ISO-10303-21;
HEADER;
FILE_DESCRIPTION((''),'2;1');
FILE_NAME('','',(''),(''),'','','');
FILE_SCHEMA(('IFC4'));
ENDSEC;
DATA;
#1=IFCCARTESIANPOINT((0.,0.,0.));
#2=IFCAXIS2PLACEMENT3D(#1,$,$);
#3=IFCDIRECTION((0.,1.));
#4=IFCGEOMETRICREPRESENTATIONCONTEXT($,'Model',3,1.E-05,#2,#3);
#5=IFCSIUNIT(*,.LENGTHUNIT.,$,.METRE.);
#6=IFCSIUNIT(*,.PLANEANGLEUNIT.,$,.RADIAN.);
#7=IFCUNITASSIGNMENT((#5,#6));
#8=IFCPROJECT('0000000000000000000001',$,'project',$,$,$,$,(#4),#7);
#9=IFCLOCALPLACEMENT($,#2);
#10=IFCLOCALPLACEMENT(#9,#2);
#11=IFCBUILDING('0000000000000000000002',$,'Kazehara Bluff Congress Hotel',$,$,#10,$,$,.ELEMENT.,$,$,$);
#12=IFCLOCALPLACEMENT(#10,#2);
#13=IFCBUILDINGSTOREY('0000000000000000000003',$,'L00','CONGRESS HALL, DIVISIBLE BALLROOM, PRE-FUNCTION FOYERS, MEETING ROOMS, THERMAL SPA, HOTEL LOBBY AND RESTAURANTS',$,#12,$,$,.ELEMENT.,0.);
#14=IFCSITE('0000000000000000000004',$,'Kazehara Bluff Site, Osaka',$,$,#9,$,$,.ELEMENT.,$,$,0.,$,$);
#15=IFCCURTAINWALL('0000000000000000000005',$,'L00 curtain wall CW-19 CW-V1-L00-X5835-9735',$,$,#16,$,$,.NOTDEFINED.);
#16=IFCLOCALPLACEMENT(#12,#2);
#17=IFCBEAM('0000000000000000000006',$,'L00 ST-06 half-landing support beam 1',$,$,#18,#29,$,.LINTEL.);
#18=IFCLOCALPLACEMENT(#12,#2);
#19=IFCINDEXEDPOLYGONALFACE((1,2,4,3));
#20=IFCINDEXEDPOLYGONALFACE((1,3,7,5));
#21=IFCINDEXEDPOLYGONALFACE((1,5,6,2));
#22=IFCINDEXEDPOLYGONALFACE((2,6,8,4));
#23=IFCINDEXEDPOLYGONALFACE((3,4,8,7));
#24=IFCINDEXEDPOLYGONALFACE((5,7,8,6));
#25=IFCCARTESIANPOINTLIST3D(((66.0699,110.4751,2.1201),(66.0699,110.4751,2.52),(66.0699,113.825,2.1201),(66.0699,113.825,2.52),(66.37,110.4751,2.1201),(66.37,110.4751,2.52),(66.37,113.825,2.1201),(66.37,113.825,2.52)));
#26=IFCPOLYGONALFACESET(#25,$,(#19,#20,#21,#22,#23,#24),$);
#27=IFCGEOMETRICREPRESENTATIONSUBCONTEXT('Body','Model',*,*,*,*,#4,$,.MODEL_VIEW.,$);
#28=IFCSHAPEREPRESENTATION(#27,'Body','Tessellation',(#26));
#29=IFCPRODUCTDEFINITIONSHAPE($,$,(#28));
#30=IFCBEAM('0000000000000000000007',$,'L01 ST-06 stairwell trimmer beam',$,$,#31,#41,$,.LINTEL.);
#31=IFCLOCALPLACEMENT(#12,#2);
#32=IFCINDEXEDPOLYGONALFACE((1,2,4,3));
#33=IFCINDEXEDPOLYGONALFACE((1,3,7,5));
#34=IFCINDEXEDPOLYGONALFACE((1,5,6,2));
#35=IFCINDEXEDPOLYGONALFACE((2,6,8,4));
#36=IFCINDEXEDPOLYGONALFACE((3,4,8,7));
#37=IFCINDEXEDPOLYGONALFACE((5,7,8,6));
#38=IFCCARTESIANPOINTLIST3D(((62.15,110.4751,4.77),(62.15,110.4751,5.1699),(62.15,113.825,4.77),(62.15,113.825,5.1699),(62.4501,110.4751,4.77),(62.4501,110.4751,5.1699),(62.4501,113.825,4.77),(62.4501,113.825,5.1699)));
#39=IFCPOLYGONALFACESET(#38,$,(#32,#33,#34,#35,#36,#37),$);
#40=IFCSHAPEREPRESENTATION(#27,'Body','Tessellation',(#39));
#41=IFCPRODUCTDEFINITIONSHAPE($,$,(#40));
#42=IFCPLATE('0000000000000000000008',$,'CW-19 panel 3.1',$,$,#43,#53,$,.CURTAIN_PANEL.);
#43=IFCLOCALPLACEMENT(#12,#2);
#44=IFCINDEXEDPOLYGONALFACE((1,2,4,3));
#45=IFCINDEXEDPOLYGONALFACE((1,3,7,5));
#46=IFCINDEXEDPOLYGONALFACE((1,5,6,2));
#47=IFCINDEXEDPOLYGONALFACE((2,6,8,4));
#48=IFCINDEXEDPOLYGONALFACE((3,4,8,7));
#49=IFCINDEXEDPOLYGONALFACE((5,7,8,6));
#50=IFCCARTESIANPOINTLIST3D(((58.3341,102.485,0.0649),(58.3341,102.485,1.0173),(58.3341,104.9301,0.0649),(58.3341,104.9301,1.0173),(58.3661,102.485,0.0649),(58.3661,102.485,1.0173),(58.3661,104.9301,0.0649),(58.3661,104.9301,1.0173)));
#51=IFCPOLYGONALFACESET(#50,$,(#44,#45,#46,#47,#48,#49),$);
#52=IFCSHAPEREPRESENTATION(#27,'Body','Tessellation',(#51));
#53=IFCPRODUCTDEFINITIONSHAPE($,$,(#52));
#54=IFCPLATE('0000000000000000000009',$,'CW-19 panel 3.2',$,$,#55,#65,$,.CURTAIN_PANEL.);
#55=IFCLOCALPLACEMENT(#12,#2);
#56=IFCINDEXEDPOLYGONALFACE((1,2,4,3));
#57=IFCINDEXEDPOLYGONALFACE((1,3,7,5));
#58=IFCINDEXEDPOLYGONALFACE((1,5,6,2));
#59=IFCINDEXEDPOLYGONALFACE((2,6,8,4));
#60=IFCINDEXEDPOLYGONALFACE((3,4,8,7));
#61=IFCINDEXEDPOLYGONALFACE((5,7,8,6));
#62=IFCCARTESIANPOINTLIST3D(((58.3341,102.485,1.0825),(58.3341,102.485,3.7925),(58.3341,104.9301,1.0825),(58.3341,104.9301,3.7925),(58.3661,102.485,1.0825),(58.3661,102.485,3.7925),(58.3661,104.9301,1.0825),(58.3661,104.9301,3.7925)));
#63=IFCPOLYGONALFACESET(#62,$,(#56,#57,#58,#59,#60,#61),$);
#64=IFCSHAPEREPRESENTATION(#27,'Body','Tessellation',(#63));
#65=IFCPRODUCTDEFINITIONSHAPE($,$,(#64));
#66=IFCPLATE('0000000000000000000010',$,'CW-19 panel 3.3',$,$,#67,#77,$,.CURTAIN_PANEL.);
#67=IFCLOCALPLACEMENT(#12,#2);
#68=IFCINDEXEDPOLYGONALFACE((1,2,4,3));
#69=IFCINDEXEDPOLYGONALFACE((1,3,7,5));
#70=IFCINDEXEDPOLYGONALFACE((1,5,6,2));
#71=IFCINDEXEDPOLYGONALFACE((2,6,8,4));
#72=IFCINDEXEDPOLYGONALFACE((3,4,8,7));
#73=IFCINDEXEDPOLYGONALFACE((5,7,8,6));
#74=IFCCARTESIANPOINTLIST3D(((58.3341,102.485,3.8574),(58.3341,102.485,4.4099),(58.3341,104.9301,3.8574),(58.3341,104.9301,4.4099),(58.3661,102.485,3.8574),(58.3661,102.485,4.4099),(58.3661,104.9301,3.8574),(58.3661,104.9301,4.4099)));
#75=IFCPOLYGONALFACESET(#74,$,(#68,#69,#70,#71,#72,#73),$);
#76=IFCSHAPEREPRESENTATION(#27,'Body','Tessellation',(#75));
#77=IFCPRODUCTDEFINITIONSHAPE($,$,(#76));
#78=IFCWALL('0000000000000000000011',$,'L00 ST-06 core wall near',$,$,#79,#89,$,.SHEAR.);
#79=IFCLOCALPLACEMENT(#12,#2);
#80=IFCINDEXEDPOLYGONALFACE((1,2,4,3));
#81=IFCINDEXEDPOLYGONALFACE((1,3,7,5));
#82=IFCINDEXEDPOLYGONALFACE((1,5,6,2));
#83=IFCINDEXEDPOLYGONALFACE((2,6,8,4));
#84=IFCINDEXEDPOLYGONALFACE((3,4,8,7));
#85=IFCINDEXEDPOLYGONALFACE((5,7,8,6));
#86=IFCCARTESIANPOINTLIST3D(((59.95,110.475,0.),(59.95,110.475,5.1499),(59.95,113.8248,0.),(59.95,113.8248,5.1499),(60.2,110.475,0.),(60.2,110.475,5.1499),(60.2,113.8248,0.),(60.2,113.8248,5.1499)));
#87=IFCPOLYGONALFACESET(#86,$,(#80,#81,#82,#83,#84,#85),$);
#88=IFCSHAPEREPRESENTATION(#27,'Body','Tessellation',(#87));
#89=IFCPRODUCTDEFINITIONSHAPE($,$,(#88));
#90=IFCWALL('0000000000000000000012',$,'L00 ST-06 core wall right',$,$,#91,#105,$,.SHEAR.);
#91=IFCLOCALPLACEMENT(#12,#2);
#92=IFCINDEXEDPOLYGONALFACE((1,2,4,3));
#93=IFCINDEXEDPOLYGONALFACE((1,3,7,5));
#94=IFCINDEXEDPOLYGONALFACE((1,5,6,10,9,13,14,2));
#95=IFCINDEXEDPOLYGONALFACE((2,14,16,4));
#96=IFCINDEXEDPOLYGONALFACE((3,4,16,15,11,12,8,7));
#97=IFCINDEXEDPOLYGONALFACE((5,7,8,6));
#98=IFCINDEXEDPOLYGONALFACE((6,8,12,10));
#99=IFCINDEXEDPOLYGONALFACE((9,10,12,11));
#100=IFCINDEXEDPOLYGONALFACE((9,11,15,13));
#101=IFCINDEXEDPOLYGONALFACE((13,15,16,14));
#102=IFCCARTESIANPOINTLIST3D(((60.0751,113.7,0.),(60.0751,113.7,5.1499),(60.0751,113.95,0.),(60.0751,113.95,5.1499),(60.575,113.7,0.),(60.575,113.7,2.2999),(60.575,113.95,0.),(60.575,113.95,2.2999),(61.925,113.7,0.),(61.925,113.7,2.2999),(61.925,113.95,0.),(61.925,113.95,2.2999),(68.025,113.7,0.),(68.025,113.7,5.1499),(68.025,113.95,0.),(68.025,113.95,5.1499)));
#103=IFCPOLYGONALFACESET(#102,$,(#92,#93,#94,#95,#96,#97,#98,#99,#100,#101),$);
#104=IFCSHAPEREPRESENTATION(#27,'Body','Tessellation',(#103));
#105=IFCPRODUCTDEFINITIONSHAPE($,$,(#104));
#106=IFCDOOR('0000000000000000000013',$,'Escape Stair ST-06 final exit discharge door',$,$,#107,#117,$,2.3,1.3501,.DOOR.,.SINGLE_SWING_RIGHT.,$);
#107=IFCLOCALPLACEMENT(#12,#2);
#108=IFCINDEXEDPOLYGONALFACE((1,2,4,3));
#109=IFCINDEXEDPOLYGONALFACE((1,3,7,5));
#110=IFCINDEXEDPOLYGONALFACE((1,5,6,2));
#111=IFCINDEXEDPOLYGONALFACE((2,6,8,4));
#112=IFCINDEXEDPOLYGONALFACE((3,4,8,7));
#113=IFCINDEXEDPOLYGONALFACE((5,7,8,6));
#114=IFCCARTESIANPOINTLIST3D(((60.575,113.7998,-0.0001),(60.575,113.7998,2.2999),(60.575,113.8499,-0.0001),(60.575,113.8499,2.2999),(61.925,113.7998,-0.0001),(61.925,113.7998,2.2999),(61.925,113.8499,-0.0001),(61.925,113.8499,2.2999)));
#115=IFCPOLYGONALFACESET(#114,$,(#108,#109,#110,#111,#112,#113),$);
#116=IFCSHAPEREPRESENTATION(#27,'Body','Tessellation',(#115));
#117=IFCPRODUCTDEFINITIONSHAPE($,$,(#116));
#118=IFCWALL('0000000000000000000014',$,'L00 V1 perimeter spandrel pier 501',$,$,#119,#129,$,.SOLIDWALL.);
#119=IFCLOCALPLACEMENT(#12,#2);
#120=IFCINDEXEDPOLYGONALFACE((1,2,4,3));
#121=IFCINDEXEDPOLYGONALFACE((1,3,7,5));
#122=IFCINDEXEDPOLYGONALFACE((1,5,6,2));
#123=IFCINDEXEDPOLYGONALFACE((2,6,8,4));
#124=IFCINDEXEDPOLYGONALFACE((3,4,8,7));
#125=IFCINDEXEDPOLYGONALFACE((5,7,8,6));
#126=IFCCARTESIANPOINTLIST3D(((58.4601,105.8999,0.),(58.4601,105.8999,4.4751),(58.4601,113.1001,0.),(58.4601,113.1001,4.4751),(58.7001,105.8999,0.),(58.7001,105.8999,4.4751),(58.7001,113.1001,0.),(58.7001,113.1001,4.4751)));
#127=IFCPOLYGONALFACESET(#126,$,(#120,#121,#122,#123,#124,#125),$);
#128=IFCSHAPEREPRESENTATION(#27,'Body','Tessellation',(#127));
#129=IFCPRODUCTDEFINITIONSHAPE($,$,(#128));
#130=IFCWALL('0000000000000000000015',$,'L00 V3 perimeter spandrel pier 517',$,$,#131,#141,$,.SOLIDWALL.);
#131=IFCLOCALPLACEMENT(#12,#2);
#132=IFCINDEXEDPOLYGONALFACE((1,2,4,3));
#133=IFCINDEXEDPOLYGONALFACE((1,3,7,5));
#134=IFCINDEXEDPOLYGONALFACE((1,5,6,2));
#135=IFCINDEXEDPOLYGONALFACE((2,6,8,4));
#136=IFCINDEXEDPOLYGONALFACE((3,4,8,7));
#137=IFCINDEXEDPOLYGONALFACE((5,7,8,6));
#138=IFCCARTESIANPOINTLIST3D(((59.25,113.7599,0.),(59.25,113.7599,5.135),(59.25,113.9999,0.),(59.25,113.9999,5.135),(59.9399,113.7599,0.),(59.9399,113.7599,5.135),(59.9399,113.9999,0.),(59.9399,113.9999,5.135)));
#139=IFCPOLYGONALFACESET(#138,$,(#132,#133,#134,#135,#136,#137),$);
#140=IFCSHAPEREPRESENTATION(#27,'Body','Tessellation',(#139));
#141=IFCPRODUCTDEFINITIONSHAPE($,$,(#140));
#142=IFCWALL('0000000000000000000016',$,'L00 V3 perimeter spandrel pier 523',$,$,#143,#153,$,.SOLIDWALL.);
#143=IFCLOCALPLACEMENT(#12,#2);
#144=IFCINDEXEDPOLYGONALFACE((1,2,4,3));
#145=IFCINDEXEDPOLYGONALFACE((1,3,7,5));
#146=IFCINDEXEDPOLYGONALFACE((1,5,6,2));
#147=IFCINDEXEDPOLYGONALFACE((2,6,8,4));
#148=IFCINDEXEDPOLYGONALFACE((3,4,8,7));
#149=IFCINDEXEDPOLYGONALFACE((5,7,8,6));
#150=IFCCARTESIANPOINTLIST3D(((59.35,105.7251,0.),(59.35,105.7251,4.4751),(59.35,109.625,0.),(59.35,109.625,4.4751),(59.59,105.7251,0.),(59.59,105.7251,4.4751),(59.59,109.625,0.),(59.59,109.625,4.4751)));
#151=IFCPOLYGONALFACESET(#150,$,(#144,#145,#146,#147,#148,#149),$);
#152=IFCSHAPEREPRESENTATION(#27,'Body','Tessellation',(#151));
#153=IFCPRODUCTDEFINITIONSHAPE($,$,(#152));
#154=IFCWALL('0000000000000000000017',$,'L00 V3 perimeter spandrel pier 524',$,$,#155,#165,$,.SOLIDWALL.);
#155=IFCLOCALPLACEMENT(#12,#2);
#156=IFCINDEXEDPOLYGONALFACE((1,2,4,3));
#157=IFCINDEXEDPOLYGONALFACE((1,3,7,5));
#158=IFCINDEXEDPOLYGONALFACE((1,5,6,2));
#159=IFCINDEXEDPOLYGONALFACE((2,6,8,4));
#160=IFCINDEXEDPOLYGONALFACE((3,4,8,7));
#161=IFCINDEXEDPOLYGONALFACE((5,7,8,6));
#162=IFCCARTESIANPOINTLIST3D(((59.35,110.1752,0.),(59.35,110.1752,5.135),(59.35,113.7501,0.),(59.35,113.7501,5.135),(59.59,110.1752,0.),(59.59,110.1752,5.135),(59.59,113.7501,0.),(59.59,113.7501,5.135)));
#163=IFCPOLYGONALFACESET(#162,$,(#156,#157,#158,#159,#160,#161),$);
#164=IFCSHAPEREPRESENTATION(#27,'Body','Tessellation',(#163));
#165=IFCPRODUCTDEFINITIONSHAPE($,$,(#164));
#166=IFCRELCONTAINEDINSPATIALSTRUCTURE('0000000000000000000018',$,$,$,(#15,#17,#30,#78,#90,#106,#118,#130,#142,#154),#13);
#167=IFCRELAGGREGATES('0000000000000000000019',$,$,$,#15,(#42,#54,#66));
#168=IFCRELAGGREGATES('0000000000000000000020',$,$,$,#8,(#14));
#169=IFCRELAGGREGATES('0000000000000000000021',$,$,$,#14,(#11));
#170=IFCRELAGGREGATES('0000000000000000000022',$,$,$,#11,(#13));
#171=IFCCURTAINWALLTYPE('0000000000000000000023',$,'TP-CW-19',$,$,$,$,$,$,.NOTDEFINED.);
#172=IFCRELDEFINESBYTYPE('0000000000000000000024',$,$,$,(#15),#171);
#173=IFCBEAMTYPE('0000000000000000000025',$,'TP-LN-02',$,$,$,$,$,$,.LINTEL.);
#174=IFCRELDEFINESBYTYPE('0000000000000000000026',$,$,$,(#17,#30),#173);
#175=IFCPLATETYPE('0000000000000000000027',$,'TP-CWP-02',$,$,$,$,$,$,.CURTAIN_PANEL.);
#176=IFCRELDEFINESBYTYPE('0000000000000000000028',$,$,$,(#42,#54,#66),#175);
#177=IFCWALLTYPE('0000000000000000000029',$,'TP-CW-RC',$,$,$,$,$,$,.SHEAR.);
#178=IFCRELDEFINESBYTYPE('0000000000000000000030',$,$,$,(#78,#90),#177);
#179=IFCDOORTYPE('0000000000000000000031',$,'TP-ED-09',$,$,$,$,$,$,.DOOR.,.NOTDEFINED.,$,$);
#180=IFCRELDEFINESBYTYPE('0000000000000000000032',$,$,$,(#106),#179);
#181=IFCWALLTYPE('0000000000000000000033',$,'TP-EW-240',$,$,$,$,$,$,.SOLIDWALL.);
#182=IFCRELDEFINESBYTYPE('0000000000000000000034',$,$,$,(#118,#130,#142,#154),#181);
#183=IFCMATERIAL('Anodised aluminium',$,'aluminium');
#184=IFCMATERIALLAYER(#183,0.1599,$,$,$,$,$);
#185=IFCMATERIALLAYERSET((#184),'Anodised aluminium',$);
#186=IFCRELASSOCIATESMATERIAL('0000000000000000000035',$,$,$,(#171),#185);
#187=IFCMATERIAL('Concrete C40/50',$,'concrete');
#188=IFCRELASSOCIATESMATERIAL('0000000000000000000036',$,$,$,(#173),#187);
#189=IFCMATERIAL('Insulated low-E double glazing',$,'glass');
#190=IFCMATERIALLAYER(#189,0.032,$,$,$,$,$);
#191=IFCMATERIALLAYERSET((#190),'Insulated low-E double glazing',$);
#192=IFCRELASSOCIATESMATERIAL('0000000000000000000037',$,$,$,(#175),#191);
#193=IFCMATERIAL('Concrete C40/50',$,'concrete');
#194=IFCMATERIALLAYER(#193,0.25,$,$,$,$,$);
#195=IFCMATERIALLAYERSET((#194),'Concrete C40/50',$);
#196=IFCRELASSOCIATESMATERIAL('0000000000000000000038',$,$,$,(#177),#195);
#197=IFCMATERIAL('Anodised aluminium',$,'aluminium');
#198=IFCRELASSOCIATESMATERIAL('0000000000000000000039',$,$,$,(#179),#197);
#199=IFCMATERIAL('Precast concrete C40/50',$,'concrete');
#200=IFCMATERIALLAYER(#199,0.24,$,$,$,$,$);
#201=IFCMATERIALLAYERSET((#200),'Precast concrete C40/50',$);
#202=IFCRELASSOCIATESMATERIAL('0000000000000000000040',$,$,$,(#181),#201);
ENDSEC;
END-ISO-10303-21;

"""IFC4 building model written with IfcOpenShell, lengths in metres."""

from ifc_helpers import new_model, si_unit, direction, frame, frame_2d, origin, origin_2d, place, context, subcontext, project, spatial, rectangle, extrude, material, layer, layer_set, material_profile, profile_set, type_object, element, fill, aggregate, save


model = new_model("IFC4")

# Units and contexts
model_context = context("Model", 3, precision=1e-05, world=origin(), true_north=direction((0.0, 1.0)))
body_context = subcontext(model_context, "Body", "Model", "MODEL_VIEW")
ifc_project = project(units=[si_unit("LENGTHUNIT", "METRE"), si_unit("PLANEANGLEUNIT", "RADIAN")], contexts=[model_context])

# Site, building, storey
site_placement = place(None, origin())
site = spatial("IfcSite", under=ifc_project, at=site_placement, Name="Kazehara Bluff Site, Osaka", CompositionType="ELEMENT", RefElevation=0.0)
building_placement = place(site_placement, origin())
building = spatial("IfcBuilding", under=site, at=building_placement, Name="Kazehara Bluff Congress Hotel", CompositionType="ELEMENT")
storey_placement = place(building_placement, origin())
storey = spatial("IfcBuildingStorey", under=building, at=storey_placement, Name="L00", Description="CONGRESS HALL, DIVISIBLE BALLROOM, PRE-FUNCTION FOYERS, MEETING ROOMS, THERMAL SPA, HOTEL LOBBY AND RESTAURANTS", CompositionType="ELEMENT", Elevation=0.0)

# Curtain wall
ifc_material_1 = material(Name="Anodised aluminium", Category="aluminium")
ifc_layer_1 = layer(ifc_material_1, 0.1599)
ifc_layer_set_1 = layer_set([ifc_layer_1], Name="Anodised aluminium")
curtain_wall_type = type_object("IfcCurtainWallType", Name="TP-CW-19", PredefinedType="NOTDEFINED", material=ifc_layer_set_1)
curtain_wall_placement = place(storey_placement, origin())
curtain_wall = element("IfcCurtainWall", 1, at=curtain_wall_placement, inside=storey, type_object=curtain_wall_type, Name="L00 curtain wall CW-19 CW-V1-L00-X5835-9735", PredefinedType="NOTDEFINED")

# Beams
ifc_material_2 = material(Name="Concrete C40/50", Category="concrete")
ifc_material_profile_1 = material_profile(ifc_material_2, rectangle(XDim=0.3, YDim=0.3999, at=origin_2d()))
ifc_profile_set_1 = profile_set([ifc_material_profile_1], Name="Concrete C40/50")
beam_type_1 = type_object("IfcBeamType", Name="TP-LN-02", PredefinedType="LINTEL", material=ifc_profile_set_1)
for number, where, z_axis, x_axis, name in (
    (2, (66.22, 110.4751, 2.3201), (0.0, 1.0, 0.0), (-1.0, 0.0, 0.0), "L00 ST-06 half-landing support beam 1"),
    (3, (62.3, 110.4751, 4.97), (0.0, 1.0, 0.0), (-1.0, 0.0, 0.0), "L01 ST-06 stairwell trimmer beam"),
):
    element("IfcBeam", number, at=place(storey_placement, frame(where, z_axis=z_axis, x_axis=x_axis)), inside=storey, type_object=beam_type_1, Name=name, PredefinedType="LINTEL", context=body_context, shape_type="SweptSolid", body=[
        extrude(rectangle(XDim=0.3, YDim=0.3999, at=origin_2d()), origin(), (0.0, 0.0, 1.0), 3.3499),
    ])

# Plates
ifc_material_3 = material(Name="Insulated low-E double glazing", Category="glass")
ifc_layer_2 = layer(ifc_material_3, 0.032)
ifc_layer_set_2 = layer_set([ifc_layer_2], Name="Insulated low-E double glazing")
plate_type = type_object("IfcPlateType", Name="TP-CWP-02", PredefinedType="CURTAIN_PANEL", material=ifc_layer_set_2)
plate_1_placement = place(storey_placement, frame((58.3501, 103.7075, 0.0649), z_axis=(0.0, 0.0, 1.0), x_axis=(0.0, 1.0, 0.0)))
plate_1 = element("IfcPlate", 4, at=plate_1_placement, type_object=plate_type, Name="CW-19 panel 3.1", PredefinedType="CURTAIN_PANEL", context=body_context, shape_type="SweptSolid", body=[
    extrude(rectangle(XDim=2.4451, YDim=0.032, at=origin_2d()), origin(), (0.0, 0.0, 1.0), 0.9524),
])
plate_2_placement = place(storey_placement, frame((58.3501, 103.7075, 1.0825), z_axis=(0.0, 0.0, 1.0), x_axis=(0.0, 1.0, 0.0)))
plate_2 = element("IfcPlate", 5, at=plate_2_placement, type_object=plate_type, Name="CW-19 panel 3.2", PredefinedType="CURTAIN_PANEL", context=body_context, shape_type="SweptSolid", body=[
    extrude(rectangle(XDim=2.4451, YDim=0.032, at=origin_2d()), origin(), (0.0, 0.0, 1.0), 2.71),
])
plate_3_placement = place(storey_placement, frame((58.3501, 103.7075, 3.8574), z_axis=(0.0, 0.0, 1.0), x_axis=(0.0, 1.0, 0.0)))
plate_3 = element("IfcPlate", 6, at=plate_3_placement, type_object=plate_type, Name="CW-19 panel 3.3", PredefinedType="CURTAIN_PANEL", context=body_context, shape_type="SweptSolid", body=[
    extrude(rectangle(XDim=2.4451, YDim=0.032, at=origin_2d()), origin(), (0.0, 0.0, 1.0), 0.5525),
])
aggregate(curtain_wall, [plate_1, plate_2, plate_3])

# Wall
ifc_material_4 = material(Name="Concrete C40/50", Category="concrete")
ifc_layer_3 = layer(ifc_material_4, 0.25)
ifc_layer_set_3 = layer_set([ifc_layer_3], Name="Concrete C40/50")
wall_type_1 = type_object("IfcWallType", Name="TP-CW-RC", PredefinedType="SHEAR", material=ifc_layer_set_3)
wall_1_placement = place(storey_placement, frame((60.075, 110.4751, 0.0), z_axis=(0.0, 0.0, 1.0), x_axis=(0.0, 1.0, 0.0)))
element("IfcWall", 7, at=wall_1_placement, inside=storey, type_object=wall_type_1, Name="L00 ST-06 core wall near", PredefinedType="SHEAR", context=body_context, shape_type="SweptSolid", body=[
    extrude(rectangle(XDim=3.3499, YDim=0.25, at=frame_2d((1.6748, 0.0))), origin(), (0.0, 0.0, 1.0), 5.1499),
])

# Wall, opening, door
wall_2_placement = place(storey_placement, frame((60.075, 113.825, 0.0), z_axis=(0.0, 0.0, 1.0), x_axis=(1.0, 0.0, 0.0)))
wall_2 = element("IfcWall", 8, at=wall_2_placement, inside=storey, type_object=wall_type_1, Name="L00 ST-06 core wall right", PredefinedType="SHEAR", context=body_context, shape_type="SweptSolid", body=[
    extrude(rectangle(XDim=7.95, YDim=0.25, at=frame_2d((3.9751, 0.0))), origin(), (0.0, 0.0, 1.0), 5.1499),
])
opening_placement = place(wall_2_placement, frame((0.5, 0.0, 0.0)))
opening = element("IfcOpeningElement", 9, at=opening_placement, cuts=wall_2, PredefinedType="OPENING", context=body_context, shape_type="SweptSolid", body=[
    extrude(rectangle(XDim=1.3501, YDim=2.3, at=frame_2d((0.675, 1.1499))), frame((0.0, 0.135, 0.0), z_axis=(0.0, -1.0, 0.0), x_axis=(1.0, 0.0, 0.0)), (0.0, 0.0, 1.0), 0.27),
])
ifc_material_5 = material(Name="Anodised aluminium", Category="aluminium")
door_type = type_object("IfcDoorType", Name="TP-ED-09", OperationType="NOTDEFINED", PredefinedType="DOOR", material=ifc_material_5)
door_placement = place(opening_placement, origin())
door = element("IfcDoor", 10, at=door_placement, inside=storey, type_object=door_type, Name="Escape Stair ST-06 final exit discharge door", OperationType="SINGLE_SWING_RIGHT", OverallHeight=2.3, OverallWidth=1.3501, PredefinedType="DOOR", context=body_context, shape_type="SweptSolid", body=[
    extrude(rectangle(XDim=1.3501, YDim=2.3, at=frame_2d((0.675, 1.1499))), frame((0.0, 0.0249, 0.0), z_axis=(0.0, -1.0, 0.0), x_axis=(1.0, 0.0, 0.0)), (0.0, 0.0, 1.0), 0.05),
])
fill(opening, door)

# Walls
ifc_material_6 = material(Name="Precast concrete C40/50", Category="concrete")
ifc_layer_4 = layer(ifc_material_6, 0.24)
ifc_layer_set_4 = layer_set([ifc_layer_4], Name="Precast concrete C40/50")
wall_type_2 = type_object("IfcWallType", Name="TP-EW-240", PredefinedType="SOLIDWALL", material=ifc_layer_set_4)
wall_3_placement = place(storey_placement, frame((58.5801, 113.1001, 0.0), z_axis=(0.0, 0.0, 1.0), x_axis=(0.0, -1.0, 0.0)))
element("IfcWall", 11, at=wall_3_placement, inside=storey, type_object=wall_type_2, Name="L00 V1 perimeter spandrel pier 501", PredefinedType="SOLIDWALL", context=body_context, shape_type="SweptSolid", body=[
    extrude(rectangle(XDim=7.2002, YDim=0.24, at=frame_2d((3.6001, 0.0))), origin(), (0.0, 0.0, 1.0), 4.4751),
])
wall_4_placement = place(storey_placement, frame((59.25, 113.8799, 0.0), z_axis=(0.0, 0.0, 1.0), x_axis=(1.0, 0.0, 0.0)))
element("IfcWall", 12, at=wall_4_placement, inside=storey, type_object=wall_type_2, Name="L00 V3 perimeter spandrel pier 517", PredefinedType="SOLIDWALL", context=body_context, shape_type="SweptSolid", body=[
    extrude(rectangle(XDim=0.6899, YDim=0.24, at=frame_2d((0.345, 0.0))), origin(), (0.0, 0.0, 1.0), 5.135),
])
wall_5_placement = place(storey_placement, frame((59.47, 105.7251, 0.0), z_axis=(0.0, 0.0, 1.0), x_axis=(0.0, 1.0, 0.0)))
element("IfcWall", 13, at=wall_5_placement, inside=storey, type_object=wall_type_2, Name="L00 V3 perimeter spandrel pier 523", PredefinedType="SOLIDWALL", context=body_context, shape_type="SweptSolid", body=[
    extrude(rectangle(XDim=3.8999, YDim=0.24, at=frame_2d((1.95, 0.0))), origin(), (0.0, 0.0, 1.0), 4.4751),
])
wall_6_placement = place(storey_placement, frame((59.47, 110.175, 0.0), z_axis=(0.0, 0.0, 1.0), x_axis=(0.0, 1.0, 0.0)))
element("IfcWall", 14, at=wall_6_placement, inside=storey, type_object=wall_type_2, Name="L00 V3 perimeter spandrel pier 524", PredefinedType="SOLIDWALL", context=body_context, shape_type="SweptSolid", body=[
    extrude(rectangle(XDim=3.575, YDim=0.24, at=frame_2d((1.7876, 0.0))), origin(), (0.0, 0.0, 1.0), 5.135),
])

save(model, "model.ifc")
